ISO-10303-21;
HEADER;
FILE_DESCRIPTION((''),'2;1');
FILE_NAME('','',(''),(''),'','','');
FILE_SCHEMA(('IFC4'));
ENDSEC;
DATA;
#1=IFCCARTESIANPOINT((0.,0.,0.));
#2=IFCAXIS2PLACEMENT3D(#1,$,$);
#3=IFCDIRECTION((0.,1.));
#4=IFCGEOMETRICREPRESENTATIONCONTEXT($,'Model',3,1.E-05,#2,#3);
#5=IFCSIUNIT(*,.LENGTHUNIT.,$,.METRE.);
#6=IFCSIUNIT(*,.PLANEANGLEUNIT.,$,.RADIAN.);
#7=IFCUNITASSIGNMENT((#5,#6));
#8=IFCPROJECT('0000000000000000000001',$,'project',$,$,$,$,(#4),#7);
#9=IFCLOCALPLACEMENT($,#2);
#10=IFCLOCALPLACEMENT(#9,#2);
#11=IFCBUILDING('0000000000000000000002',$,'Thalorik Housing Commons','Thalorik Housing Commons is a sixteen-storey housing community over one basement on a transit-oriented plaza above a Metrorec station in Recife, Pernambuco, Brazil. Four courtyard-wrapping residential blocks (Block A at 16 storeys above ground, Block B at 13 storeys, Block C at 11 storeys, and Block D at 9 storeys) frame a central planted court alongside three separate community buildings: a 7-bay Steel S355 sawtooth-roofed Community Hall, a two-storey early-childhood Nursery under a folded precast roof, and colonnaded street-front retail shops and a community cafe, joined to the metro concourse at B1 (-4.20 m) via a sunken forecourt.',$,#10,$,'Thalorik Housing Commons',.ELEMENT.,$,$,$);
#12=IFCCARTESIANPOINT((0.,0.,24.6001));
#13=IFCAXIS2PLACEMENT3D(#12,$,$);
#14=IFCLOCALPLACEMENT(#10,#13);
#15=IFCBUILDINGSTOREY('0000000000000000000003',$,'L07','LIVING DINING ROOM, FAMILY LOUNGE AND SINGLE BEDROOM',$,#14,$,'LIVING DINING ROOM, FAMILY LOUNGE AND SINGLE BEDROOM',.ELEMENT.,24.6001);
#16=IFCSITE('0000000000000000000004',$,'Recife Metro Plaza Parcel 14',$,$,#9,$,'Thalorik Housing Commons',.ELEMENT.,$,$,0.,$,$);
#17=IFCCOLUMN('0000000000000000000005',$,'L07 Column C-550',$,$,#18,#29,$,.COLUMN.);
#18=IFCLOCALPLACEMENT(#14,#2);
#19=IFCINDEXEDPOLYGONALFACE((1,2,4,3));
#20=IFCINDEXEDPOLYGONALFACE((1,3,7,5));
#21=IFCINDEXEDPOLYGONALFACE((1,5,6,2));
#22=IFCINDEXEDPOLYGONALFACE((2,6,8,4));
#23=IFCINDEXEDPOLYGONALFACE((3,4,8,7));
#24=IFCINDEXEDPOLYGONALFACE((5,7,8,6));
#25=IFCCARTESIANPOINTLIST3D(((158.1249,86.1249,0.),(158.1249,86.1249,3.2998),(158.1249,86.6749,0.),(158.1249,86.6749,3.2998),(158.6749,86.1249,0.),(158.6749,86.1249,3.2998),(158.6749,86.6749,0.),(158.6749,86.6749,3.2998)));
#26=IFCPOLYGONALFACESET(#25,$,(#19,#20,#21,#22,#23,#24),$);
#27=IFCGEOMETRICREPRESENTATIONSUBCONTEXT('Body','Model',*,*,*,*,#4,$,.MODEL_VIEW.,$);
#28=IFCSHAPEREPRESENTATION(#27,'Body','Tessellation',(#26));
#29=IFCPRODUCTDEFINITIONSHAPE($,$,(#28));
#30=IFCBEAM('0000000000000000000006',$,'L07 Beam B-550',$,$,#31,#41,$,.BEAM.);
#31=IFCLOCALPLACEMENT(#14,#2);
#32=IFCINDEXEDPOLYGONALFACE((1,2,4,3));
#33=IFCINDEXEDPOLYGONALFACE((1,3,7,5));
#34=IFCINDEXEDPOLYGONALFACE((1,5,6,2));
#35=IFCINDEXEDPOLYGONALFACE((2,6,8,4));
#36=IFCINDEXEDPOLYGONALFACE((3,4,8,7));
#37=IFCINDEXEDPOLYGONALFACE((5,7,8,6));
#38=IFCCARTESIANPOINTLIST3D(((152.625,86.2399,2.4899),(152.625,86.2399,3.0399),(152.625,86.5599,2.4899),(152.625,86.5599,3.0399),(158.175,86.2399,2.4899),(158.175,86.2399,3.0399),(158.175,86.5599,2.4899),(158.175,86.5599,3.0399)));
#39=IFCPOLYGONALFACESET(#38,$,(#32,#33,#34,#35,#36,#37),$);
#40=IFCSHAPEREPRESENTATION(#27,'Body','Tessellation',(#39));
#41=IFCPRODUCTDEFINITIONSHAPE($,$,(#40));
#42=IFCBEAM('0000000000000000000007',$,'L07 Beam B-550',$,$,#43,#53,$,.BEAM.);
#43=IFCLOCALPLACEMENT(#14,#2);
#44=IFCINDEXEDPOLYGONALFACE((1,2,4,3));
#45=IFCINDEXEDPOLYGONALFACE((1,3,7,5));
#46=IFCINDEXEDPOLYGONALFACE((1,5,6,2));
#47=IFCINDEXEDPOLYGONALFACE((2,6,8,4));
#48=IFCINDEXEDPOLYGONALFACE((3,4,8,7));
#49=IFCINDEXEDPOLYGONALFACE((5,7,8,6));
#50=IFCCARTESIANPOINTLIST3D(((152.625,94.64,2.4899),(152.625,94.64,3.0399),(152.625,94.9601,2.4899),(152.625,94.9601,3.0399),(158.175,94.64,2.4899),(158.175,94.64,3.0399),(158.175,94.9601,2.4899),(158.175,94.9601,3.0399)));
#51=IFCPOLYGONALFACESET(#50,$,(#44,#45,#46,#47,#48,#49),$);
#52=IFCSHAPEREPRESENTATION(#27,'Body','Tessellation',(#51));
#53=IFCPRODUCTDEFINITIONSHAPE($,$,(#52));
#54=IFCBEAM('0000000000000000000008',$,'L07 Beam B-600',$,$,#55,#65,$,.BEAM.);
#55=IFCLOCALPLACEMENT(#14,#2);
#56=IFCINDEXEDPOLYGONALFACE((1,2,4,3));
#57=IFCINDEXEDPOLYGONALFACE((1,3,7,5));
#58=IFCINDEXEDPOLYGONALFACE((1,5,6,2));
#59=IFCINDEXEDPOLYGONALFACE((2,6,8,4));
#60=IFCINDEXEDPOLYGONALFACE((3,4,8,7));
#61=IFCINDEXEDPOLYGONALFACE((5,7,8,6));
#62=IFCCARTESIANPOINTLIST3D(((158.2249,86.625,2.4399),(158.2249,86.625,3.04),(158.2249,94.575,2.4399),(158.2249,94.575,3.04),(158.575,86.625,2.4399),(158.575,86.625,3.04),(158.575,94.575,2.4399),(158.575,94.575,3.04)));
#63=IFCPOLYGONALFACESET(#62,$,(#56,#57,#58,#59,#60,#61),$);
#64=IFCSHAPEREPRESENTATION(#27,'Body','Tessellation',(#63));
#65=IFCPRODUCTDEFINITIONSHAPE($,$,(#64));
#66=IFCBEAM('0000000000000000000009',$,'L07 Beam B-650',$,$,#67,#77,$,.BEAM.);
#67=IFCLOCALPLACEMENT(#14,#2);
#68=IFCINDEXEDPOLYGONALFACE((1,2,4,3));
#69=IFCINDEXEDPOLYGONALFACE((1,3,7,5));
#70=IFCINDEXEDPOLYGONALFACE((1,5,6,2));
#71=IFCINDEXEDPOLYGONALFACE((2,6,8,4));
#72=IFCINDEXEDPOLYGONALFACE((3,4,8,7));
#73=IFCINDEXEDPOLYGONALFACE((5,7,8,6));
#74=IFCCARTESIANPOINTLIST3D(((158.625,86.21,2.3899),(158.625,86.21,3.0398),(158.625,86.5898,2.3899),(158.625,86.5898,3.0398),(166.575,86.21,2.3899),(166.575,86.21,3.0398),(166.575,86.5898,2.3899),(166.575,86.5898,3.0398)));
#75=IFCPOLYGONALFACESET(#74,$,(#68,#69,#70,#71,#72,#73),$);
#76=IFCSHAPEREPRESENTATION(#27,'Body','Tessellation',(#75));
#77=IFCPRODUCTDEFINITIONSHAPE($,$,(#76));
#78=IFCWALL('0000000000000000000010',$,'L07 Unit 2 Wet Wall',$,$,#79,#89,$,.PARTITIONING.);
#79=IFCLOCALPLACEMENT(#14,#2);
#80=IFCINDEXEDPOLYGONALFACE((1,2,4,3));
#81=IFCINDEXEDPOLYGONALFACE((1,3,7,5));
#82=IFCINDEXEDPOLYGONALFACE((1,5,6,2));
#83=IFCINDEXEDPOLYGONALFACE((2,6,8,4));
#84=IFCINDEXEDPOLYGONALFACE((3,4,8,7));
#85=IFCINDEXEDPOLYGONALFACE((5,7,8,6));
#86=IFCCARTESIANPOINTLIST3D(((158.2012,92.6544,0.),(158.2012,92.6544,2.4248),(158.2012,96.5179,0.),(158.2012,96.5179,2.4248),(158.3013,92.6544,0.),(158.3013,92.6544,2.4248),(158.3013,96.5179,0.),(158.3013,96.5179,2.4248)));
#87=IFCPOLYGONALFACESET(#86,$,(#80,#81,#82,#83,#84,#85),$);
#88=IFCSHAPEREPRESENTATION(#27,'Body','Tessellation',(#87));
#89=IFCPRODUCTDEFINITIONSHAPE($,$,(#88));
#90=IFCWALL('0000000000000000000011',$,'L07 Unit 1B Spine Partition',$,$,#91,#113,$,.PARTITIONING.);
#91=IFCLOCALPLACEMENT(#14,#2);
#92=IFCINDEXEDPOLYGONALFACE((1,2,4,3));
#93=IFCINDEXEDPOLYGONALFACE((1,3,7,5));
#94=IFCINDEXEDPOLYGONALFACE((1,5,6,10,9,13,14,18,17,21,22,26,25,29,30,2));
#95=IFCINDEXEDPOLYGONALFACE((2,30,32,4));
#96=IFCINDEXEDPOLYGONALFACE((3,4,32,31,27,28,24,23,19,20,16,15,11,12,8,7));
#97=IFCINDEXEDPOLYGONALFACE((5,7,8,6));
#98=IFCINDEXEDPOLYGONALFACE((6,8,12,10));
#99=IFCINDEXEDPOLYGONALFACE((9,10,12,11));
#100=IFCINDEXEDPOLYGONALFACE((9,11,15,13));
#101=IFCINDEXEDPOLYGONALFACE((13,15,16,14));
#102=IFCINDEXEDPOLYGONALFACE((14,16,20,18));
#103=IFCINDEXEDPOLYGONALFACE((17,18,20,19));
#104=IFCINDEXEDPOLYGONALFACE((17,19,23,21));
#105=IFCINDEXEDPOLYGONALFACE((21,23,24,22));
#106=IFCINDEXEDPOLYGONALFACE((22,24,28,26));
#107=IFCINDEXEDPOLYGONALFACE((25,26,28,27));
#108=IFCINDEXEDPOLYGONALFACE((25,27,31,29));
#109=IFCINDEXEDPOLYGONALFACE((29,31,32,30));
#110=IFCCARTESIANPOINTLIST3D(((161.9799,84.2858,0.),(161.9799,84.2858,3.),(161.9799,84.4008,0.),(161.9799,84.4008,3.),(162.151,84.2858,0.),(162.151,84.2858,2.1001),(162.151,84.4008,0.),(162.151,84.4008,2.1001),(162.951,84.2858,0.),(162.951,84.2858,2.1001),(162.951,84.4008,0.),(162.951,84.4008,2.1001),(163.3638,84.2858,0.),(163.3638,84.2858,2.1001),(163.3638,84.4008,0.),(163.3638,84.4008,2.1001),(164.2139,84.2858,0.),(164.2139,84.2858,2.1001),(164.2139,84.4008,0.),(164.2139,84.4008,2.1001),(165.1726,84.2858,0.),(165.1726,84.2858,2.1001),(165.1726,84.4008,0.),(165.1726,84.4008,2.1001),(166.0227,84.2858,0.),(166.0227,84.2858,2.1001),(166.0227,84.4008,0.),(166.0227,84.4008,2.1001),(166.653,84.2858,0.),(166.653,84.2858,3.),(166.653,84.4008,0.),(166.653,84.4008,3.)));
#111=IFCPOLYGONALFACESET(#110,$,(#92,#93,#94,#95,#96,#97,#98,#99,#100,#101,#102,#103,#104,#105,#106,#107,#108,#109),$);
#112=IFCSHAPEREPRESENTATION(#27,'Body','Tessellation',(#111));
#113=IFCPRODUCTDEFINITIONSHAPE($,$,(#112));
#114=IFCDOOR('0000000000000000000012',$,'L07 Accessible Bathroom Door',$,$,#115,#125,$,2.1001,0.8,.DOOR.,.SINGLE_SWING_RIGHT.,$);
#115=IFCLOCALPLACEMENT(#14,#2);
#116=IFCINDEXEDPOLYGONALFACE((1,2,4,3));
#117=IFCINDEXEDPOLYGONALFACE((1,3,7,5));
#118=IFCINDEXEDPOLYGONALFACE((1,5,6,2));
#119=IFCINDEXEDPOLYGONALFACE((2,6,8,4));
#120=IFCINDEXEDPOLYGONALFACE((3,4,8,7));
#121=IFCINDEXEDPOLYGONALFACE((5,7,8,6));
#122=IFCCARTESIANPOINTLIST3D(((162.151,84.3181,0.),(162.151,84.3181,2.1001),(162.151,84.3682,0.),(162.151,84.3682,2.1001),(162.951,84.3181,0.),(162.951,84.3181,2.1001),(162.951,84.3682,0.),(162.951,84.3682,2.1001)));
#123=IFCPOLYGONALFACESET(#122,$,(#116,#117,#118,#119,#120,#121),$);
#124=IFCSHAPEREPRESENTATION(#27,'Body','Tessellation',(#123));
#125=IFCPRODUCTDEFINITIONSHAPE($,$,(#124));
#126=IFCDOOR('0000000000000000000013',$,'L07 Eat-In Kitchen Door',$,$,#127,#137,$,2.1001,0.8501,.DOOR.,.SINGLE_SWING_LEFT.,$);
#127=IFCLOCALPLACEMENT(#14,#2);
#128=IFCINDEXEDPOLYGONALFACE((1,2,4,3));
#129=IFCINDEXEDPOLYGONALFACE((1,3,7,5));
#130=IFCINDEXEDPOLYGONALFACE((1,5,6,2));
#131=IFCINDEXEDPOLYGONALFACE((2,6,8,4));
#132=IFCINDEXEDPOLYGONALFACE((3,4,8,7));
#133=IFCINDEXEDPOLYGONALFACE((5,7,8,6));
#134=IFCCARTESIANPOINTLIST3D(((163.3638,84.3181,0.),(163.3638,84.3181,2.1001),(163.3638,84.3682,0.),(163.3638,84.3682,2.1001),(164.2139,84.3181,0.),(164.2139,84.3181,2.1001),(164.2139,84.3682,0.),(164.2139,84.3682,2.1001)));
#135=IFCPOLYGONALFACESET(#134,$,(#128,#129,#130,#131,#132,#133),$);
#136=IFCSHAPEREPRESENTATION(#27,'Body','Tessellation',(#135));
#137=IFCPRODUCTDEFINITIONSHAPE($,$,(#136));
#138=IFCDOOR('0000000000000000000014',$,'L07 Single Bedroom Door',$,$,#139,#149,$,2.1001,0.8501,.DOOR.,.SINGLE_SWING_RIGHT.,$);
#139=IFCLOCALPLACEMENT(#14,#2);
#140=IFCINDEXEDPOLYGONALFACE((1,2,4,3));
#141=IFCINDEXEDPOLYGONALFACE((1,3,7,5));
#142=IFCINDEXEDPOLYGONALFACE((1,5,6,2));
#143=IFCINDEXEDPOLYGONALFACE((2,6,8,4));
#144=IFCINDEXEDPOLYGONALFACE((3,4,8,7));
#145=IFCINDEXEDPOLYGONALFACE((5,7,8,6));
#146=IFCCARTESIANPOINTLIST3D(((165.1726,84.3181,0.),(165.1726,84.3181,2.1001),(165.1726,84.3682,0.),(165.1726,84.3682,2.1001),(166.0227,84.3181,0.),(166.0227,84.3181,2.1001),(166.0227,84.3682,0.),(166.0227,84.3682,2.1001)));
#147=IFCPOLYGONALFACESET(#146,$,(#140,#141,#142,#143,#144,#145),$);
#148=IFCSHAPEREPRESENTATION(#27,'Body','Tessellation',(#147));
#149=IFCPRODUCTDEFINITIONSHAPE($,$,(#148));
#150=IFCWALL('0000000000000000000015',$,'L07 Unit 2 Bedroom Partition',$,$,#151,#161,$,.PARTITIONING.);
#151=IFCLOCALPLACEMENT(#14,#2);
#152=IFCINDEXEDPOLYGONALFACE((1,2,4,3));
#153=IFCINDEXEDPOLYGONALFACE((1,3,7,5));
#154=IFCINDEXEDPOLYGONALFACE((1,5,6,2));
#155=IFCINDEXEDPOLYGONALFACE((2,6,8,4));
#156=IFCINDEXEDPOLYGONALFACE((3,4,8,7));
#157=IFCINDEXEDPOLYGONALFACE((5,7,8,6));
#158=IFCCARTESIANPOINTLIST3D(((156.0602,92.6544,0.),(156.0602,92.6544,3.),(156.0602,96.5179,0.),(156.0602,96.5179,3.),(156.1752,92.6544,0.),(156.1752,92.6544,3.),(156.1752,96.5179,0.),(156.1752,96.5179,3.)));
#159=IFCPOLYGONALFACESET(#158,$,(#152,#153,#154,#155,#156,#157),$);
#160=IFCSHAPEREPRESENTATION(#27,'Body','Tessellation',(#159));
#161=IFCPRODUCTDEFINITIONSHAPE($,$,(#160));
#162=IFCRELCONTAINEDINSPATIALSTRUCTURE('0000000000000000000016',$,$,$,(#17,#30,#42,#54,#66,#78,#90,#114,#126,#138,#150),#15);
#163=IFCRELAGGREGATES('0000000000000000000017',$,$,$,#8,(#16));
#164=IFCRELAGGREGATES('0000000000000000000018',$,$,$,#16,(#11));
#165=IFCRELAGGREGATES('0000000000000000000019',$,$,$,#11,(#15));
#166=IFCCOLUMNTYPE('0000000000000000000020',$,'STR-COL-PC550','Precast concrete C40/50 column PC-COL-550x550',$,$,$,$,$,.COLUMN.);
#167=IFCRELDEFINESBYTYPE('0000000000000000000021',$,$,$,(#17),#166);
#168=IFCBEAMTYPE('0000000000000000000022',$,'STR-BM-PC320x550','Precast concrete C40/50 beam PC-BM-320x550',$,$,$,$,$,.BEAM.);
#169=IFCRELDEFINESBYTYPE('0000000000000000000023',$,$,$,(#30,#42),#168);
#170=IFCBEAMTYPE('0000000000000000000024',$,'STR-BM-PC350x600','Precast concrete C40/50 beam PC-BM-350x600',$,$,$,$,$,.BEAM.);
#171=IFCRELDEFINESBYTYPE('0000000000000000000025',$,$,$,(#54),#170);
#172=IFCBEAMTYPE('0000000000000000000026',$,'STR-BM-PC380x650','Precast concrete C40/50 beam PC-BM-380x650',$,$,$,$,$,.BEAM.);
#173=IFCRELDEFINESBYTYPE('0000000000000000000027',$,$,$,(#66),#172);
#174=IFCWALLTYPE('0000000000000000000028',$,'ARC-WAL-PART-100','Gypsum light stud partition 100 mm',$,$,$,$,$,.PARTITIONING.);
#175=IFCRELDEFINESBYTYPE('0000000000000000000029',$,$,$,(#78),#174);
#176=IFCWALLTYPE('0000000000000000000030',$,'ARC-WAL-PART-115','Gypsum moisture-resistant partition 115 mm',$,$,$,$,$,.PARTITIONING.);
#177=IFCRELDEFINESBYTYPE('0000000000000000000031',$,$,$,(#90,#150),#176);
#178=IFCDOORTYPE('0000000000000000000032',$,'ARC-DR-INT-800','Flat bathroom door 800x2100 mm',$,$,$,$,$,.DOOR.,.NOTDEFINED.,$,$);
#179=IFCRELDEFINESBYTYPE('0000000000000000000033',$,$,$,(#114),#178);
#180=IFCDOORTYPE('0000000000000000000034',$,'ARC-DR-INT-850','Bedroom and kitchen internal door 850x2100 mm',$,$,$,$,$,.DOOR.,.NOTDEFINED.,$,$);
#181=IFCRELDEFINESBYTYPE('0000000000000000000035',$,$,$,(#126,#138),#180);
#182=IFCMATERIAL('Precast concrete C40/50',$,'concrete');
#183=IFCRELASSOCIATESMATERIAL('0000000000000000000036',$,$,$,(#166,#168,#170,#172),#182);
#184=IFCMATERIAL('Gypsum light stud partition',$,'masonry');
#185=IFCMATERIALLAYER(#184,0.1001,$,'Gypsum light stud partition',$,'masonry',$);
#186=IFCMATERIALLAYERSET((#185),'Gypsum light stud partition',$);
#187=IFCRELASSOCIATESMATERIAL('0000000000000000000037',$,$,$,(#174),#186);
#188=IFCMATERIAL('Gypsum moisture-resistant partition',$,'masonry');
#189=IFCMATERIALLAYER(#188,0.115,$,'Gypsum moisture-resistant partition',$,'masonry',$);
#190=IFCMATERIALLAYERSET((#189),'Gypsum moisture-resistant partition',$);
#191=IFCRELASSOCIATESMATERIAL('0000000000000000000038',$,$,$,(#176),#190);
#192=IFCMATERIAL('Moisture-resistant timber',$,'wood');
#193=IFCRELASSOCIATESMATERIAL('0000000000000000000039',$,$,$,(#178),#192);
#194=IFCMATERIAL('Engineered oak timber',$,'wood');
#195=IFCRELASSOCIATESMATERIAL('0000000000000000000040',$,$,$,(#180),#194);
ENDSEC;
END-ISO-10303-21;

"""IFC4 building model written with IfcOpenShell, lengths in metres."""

from ifc_helpers import new_model, si_unit, direction, frame, frame_2d, origin, origin_2d, place, context, subcontext, project, spatial, rectangle, extrude, material, layer, layer_set, material_profile, profile_set, type_object, element, fill, save


model = new_model("IFC4")

# Units and contexts
model_context = context("Model", 3, precision=1e-05, world=origin(), true_north=direction((0.0, 1.0)))
body_context = subcontext(model_context, "Body", "Model", "MODEL_VIEW")
ifc_project = project(units=[si_unit("LENGTHUNIT", "METRE"), si_unit("PLANEANGLEUNIT", "RADIAN")], contexts=[model_context])

# Site, building, storey
site_placement = place(None, origin())
site = spatial("IfcSite", under=ifc_project, at=site_placement, Name="Recife Metro Plaza Parcel 14", LongName="Thalorik Housing Commons", CompositionType="ELEMENT", RefElevation=0.0)
building_placement = place(site_placement, origin())
building = spatial("IfcBuilding", under=site, at=building_placement, Name="Thalorik Housing Commons", Description="Thalorik Housing Commons is a sixteen-storey housing community over one basement on a transit-oriented plaza above a Metrorec station in Recife, Pernambuco, Brazil. Four courtyard-wrapping residential blocks (Block A at 16 storeys above ground, Block B at 13 storeys, Block C at 11 storeys, and Block D at 9 storeys) frame a central planted court alongside three separate community buildings: a 7-bay Steel S355 sawtooth-roofed Community Hall, a two-storey early-childhood Nursery under a folded precast roof, and colonnaded street-front retail shops and a community cafe, joined to the metro concourse at B1 (-4.20 m) via a sunken forecourt.", LongName="Thalorik Housing Commons", CompositionType="ELEMENT")
storey_placement = place(building_placement, frame((0.0, 0.0, 24.6001)))
storey = spatial("IfcBuildingStorey", under=building, at=storey_placement, Name="L07", Description="LIVING DINING ROOM, FAMILY LOUNGE AND SINGLE BEDROOM", LongName="LIVING DINING ROOM, FAMILY LOUNGE AND SINGLE BEDROOM", CompositionType="ELEMENT", Elevation=24.6001)

# Column
ifc_material_1 = material(Name="Precast concrete C40/50", Category="concrete")
ifc_material_profile_1 = material_profile(ifc_material_1, rectangle(XDim=0.55, YDim=0.55, at=origin_2d()), Name="PC 550x550", Category="concrete")
ifc_profile_set_1 = profile_set([ifc_material_profile_1], Name="Precast concrete C40/50")
column_type = type_object("IfcColumnType", Name="STR-COL-PC550", Description="Precast concrete C40/50 column PC-COL-550x550", PredefinedType="COLUMN", material=ifc_profile_set_1)
column_placement = place(storey_placement, frame((158.3999, 86.3999, 0.0), z_axis=(0.0, 0.0, 1.0), x_axis=(1.0, 0.0, 0.0)))
element("IfcColumn", 1, at=column_placement, inside=storey, type_object=column_type, Name="L07 Column C-550", PredefinedType="COLUMN", context=body_context, shape_type="SweptSolid", body=[
    extrude(rectangle(XDim=0.55, YDim=0.55, at=origin_2d()), origin(), (0.0, 0.0, 1.0), 3.2998),
])

# Beams
ifc_material_profile_2 = material_profile(ifc_material_1, rectangle(XDim=0.3201, YDim=0.55, at=origin_2d()), Name="PC 320x550", Category="concrete")
ifc_profile_set_2 = profile_set([ifc_material_profile_2], Name="Precast concrete C40/50")
beam_type_1 = type_object("IfcBeamType", Name="STR-BM-PC320x550", Description="Precast concrete C40/50 beam PC-BM-320x550", PredefinedType="BEAM", material=ifc_profile_set_2)
for number, where, z_axis, x_axis, name in (
    (2, (152.625, 86.3999, 2.7649), (1.0, 0.0, 0.0), (0.0, 1.0, 0.0), "L07 Beam B-550"),
    (3, (152.625, 94.8, 2.7649), (1.0, 0.0, 0.0), (0.0, 1.0, 0.0), "L07 Beam B-550"),
):
    element("IfcBeam", number, at=place(storey_placement, frame(where, z_axis=z_axis, x_axis=x_axis)), inside=storey, type_object=beam_type_1, Name=name, PredefinedType="BEAM", context=body_context, shape_type="SweptSolid", body=[
        extrude(rectangle(XDim=0.3201, YDim=0.55, at=origin_2d()), origin(), (0.0, 0.0, 1.0), 5.55),
    ])
ifc_material_profile_3 = material_profile(ifc_material_1, rectangle(XDim=0.3501, YDim=0.6001, at=origin_2d()), Name="PC 350x600", Category="concrete")
ifc_profile_set_3 = profile_set([ifc_material_profile_3], Name="Precast concrete C40/50")
beam_type_2 = type_object("IfcBeamType", Name="STR-BM-PC350x600", Description="Precast concrete C40/50 beam PC-BM-350x600", PredefinedType="BEAM", material=ifc_profile_set_3)
beam_1_placement = place(storey_placement, frame((158.3999, 86.625, 2.74), z_axis=(0.0, 1.0, 0.0), x_axis=(-1.0, 0.0, 0.0)))
element("IfcBeam", 4, at=beam_1_placement, inside=storey, type_object=beam_type_2, Name="L07 Beam B-600", PredefinedType="BEAM", context=body_context, shape_type="SweptSolid", body=[
    extrude(rectangle(XDim=0.3501, YDim=0.6001, at=origin_2d()), origin(), (0.0, 0.0, 1.0), 7.95),
])
ifc_material_profile_4 = material_profile(ifc_material_1, rectangle(XDim=0.3799, YDim=0.6499, at=origin_2d()), Name="PC 380x650", Category="concrete")
ifc_profile_set_4 = profile_set([ifc_material_profile_4], Name="Precast concrete C40/50")
beam_type_3 = type_object("IfcBeamType", Name="STR-BM-PC380x650", Description="Precast concrete C40/50 beam PC-BM-380x650", PredefinedType="BEAM", material=ifc_profile_set_4)
beam_2_placement = place(storey_placement, frame((158.625, 86.3999, 2.7148), z_axis=(1.0, 0.0, 0.0), x_axis=(0.0, 1.0, 0.0)))
element("IfcBeam", 5, at=beam_2_placement, inside=storey, type_object=beam_type_3, Name="L07 Beam B-650", PredefinedType="BEAM", context=body_context, shape_type="SweptSolid", body=[
    extrude(rectangle(XDim=0.3799, YDim=0.6499, at=origin_2d()), origin(), (0.0, 0.0, 1.0), 7.95),
])

# Wall
ifc_material_2 = material(Name="Gypsum light stud partition", Category="masonry")
ifc_layer_1 = layer(ifc_material_2, 0.1001, Name="Gypsum light stud partition", Category="masonry")
ifc_layer_set_1 = layer_set([ifc_layer_1], Name="Gypsum light stud partition")
wall_type_1 = type_object("IfcWallType", Name="ARC-WAL-PART-100", Description="Gypsum light stud partition 100 mm", PredefinedType="PARTITIONING", material=ifc_layer_set_1)
wall_1_placement = place(storey_placement, frame((158.2512, 92.6545, 0.0), z_axis=(0.0, 0.0, 1.0), x_axis=(0.0, 1.0, 0.0)))
element("IfcWall", 6, at=wall_1_placement, inside=storey, type_object=wall_type_1, Name="L07 Unit 2 Wet Wall", PredefinedType="PARTITIONING", context=body_context, shape_type="SweptSolid", body=[
    extrude(rectangle(XDim=3.8635, YDim=0.1001, at=frame_2d((1.9316, 0.0))), origin(), (0.0, 0.0, 1.0), 2.4248),
])

# Wall, openings, doors
ifc_material_3 = material(Name="Gypsum moisture-resistant partition", Category="masonry")
ifc_layer_2 = layer(ifc_material_3, 0.115, Name="Gypsum moisture-resistant partition", Category="masonry")
ifc_layer_set_2 = layer_set([ifc_layer_2], Name="Gypsum moisture-resistant partition")
wall_type_2 = type_object("IfcWallType", Name="ARC-WAL-PART-115", Description="Gypsum moisture-resistant partition 115 mm", PredefinedType="PARTITIONING", material=ifc_layer_set_2)
wall_2_placement = place(storey_placement, frame((161.98, 84.3433, 0.0), z_axis=(0.0, 0.0, 1.0), x_axis=(1.0, 0.0, 0.0)))
wall_2 = element("IfcWall", 7, at=wall_2_placement, inside=storey, type_object=wall_type_2, Name="L07 Unit 1B Spine Partition", PredefinedType="PARTITIONING", context=body_context, shape_type="SweptSolid", body=[
    extrude(rectangle(XDim=4.6731, YDim=0.115, at=frame_2d((2.3364, 0.0))), origin(), (0.0, 0.0, 1.0), 3.0),
])
opening_1_placement = place(wall_2_placement, frame((0.1711, 0.0, 0.0)))
opening_1 = element("IfcOpeningElement", 8, at=opening_1_placement, cuts=wall_2, PredefinedType="OPENING", context=body_context, shape_type="SweptSolid", body=[
    extrude(rectangle(XDim=0.8, YDim=2.1001, at=frame_2d((0.3999, 1.05))), frame((0.0, 0.0674, 0.0), z_axis=(0.0, -1.0, 0.0), x_axis=(1.0, 0.0, 0.0)), (0.0, 0.0, 1.0), 0.135),
])
opening_2_placement = place(wall_2_placement, frame((1.3838, 0.0, 0.0)))
opening_2 = element("IfcOpeningElement", 9, at=opening_2_placement, cuts=wall_2, PredefinedType="OPENING", context=body_context, shape_type="SweptSolid", body=[
    extrude(rectangle(XDim=0.8501, YDim=2.1001, at=frame_2d((0.425, 1.05))), frame((0.0, 0.0674, 0.0), z_axis=(0.0, -1.0, 0.0), x_axis=(1.0, 0.0, 0.0)), (0.0, 0.0, 1.0), 0.135),
])
opening_3_placement = place(wall_2_placement, frame((3.1926, 0.0, 0.0)))
opening_3 = element("IfcOpeningElement", 10, at=opening_3_placement, cuts=wall_2, PredefinedType="OPENING", context=body_context, shape_type="SweptSolid", body=[
    extrude(rectangle(XDim=0.8501, YDim=2.1001, at=frame_2d((0.425, 1.05))), frame((0.0, 0.0674, 0.0), z_axis=(0.0, -1.0, 0.0), x_axis=(1.0, 0.0, 0.0)), (0.0, 0.0, 1.0), 0.135),
])
ifc_material_4 = material(Name="Moisture-resistant timber", Category="wood")
door_type_1 = type_object("IfcDoorType", Name="ARC-DR-INT-800", Description="Flat bathroom door 800x2100 mm", OperationType="NOTDEFINED", PredefinedType="DOOR", material=ifc_material_4)
door_1_placement = place(opening_1_placement, origin())
door_1 = element("IfcDoor", 11, at=door_1_placement, inside=storey, type_object=door_type_1, Name="L07 Accessible Bathroom Door", OperationType="SINGLE_SWING_RIGHT", OverallHeight=2.1001, OverallWidth=0.8, PredefinedType="DOOR", context=body_context, shape_type="SweptSolid", body=[
    extrude(rectangle(XDim=0.8, YDim=2.1001, at=frame_2d((0.3999, 1.05))), frame((0.0, 0.0249, 0.0), z_axis=(0.0, -1.0, 0.0), x_axis=(1.0, 0.0, 0.0)), (0.0, 0.0, 1.0), 0.05),
])
fill(opening_1, door_1)
ifc_material_5 = material(Name="Engineered oak timber", Category="wood")
door_type_2 = type_object("IfcDoorType", Name="ARC-DR-INT-850", Description="Bedroom and kitchen internal door 850x2100 mm", OperationType="NOTDEFINED", PredefinedType="DOOR", material=ifc_material_5)
door_2_placement = place(opening_2_placement, origin())
door_2 = element("IfcDoor", 12, at=door_2_placement, inside=storey, type_object=door_type_2, Name="L07 Eat-In Kitchen Door", OperationType="SINGLE_SWING_LEFT", OverallHeight=2.1001, OverallWidth=0.8501, PredefinedType="DOOR", context=body_context, shape_type="SweptSolid", body=[
    extrude(rectangle(XDim=0.8501, YDim=2.1001, at=frame_2d((0.425, 1.05))), frame((0.0, 0.0249, 0.0), z_axis=(0.0, -1.0, 0.0), x_axis=(1.0, 0.0, 0.0)), (0.0, 0.0, 1.0), 0.05),
])
fill(opening_2, door_2)
door_3_placement = place(opening_3_placement, origin())
door_3 = element("IfcDoor", 13, at=door_3_placement, inside=storey, type_object=door_type_2, Name="L07 Single Bedroom Door", OperationType="SINGLE_SWING_RIGHT", OverallHeight=2.1001, OverallWidth=0.8501, PredefinedType="DOOR", context=body_context, shape_type="SweptSolid", body=[
    extrude(rectangle(XDim=0.8501, YDim=2.1001, at=frame_2d((0.425, 1.05))), frame((0.0, 0.0249, 0.0), z_axis=(0.0, -1.0, 0.0), x_axis=(1.0, 0.0, 0.0)), (0.0, 0.0, 1.0), 0.05),
])
fill(opening_3, door_3)

# Wall
wall_3_placement = place(storey_placement, frame((156.1177, 92.6545, 0.0), z_axis=(0.0, 0.0, 1.0), x_axis=(0.0, 1.0, 0.0)))
element("IfcWall", 14, at=wall_3_placement, inside=storey, type_object=wall_type_2, Name="L07 Unit 2 Bedroom Partition", PredefinedType="PARTITIONING", context=body_context, shape_type="SweptSolid", body=[
    extrude(rectangle(XDim=3.8635, YDim=0.115, at=frame_2d((1.9316, 0.0))), origin(), (0.0, 0.0, 1.0), 3.0),
])

save(model, "model.ifc")
